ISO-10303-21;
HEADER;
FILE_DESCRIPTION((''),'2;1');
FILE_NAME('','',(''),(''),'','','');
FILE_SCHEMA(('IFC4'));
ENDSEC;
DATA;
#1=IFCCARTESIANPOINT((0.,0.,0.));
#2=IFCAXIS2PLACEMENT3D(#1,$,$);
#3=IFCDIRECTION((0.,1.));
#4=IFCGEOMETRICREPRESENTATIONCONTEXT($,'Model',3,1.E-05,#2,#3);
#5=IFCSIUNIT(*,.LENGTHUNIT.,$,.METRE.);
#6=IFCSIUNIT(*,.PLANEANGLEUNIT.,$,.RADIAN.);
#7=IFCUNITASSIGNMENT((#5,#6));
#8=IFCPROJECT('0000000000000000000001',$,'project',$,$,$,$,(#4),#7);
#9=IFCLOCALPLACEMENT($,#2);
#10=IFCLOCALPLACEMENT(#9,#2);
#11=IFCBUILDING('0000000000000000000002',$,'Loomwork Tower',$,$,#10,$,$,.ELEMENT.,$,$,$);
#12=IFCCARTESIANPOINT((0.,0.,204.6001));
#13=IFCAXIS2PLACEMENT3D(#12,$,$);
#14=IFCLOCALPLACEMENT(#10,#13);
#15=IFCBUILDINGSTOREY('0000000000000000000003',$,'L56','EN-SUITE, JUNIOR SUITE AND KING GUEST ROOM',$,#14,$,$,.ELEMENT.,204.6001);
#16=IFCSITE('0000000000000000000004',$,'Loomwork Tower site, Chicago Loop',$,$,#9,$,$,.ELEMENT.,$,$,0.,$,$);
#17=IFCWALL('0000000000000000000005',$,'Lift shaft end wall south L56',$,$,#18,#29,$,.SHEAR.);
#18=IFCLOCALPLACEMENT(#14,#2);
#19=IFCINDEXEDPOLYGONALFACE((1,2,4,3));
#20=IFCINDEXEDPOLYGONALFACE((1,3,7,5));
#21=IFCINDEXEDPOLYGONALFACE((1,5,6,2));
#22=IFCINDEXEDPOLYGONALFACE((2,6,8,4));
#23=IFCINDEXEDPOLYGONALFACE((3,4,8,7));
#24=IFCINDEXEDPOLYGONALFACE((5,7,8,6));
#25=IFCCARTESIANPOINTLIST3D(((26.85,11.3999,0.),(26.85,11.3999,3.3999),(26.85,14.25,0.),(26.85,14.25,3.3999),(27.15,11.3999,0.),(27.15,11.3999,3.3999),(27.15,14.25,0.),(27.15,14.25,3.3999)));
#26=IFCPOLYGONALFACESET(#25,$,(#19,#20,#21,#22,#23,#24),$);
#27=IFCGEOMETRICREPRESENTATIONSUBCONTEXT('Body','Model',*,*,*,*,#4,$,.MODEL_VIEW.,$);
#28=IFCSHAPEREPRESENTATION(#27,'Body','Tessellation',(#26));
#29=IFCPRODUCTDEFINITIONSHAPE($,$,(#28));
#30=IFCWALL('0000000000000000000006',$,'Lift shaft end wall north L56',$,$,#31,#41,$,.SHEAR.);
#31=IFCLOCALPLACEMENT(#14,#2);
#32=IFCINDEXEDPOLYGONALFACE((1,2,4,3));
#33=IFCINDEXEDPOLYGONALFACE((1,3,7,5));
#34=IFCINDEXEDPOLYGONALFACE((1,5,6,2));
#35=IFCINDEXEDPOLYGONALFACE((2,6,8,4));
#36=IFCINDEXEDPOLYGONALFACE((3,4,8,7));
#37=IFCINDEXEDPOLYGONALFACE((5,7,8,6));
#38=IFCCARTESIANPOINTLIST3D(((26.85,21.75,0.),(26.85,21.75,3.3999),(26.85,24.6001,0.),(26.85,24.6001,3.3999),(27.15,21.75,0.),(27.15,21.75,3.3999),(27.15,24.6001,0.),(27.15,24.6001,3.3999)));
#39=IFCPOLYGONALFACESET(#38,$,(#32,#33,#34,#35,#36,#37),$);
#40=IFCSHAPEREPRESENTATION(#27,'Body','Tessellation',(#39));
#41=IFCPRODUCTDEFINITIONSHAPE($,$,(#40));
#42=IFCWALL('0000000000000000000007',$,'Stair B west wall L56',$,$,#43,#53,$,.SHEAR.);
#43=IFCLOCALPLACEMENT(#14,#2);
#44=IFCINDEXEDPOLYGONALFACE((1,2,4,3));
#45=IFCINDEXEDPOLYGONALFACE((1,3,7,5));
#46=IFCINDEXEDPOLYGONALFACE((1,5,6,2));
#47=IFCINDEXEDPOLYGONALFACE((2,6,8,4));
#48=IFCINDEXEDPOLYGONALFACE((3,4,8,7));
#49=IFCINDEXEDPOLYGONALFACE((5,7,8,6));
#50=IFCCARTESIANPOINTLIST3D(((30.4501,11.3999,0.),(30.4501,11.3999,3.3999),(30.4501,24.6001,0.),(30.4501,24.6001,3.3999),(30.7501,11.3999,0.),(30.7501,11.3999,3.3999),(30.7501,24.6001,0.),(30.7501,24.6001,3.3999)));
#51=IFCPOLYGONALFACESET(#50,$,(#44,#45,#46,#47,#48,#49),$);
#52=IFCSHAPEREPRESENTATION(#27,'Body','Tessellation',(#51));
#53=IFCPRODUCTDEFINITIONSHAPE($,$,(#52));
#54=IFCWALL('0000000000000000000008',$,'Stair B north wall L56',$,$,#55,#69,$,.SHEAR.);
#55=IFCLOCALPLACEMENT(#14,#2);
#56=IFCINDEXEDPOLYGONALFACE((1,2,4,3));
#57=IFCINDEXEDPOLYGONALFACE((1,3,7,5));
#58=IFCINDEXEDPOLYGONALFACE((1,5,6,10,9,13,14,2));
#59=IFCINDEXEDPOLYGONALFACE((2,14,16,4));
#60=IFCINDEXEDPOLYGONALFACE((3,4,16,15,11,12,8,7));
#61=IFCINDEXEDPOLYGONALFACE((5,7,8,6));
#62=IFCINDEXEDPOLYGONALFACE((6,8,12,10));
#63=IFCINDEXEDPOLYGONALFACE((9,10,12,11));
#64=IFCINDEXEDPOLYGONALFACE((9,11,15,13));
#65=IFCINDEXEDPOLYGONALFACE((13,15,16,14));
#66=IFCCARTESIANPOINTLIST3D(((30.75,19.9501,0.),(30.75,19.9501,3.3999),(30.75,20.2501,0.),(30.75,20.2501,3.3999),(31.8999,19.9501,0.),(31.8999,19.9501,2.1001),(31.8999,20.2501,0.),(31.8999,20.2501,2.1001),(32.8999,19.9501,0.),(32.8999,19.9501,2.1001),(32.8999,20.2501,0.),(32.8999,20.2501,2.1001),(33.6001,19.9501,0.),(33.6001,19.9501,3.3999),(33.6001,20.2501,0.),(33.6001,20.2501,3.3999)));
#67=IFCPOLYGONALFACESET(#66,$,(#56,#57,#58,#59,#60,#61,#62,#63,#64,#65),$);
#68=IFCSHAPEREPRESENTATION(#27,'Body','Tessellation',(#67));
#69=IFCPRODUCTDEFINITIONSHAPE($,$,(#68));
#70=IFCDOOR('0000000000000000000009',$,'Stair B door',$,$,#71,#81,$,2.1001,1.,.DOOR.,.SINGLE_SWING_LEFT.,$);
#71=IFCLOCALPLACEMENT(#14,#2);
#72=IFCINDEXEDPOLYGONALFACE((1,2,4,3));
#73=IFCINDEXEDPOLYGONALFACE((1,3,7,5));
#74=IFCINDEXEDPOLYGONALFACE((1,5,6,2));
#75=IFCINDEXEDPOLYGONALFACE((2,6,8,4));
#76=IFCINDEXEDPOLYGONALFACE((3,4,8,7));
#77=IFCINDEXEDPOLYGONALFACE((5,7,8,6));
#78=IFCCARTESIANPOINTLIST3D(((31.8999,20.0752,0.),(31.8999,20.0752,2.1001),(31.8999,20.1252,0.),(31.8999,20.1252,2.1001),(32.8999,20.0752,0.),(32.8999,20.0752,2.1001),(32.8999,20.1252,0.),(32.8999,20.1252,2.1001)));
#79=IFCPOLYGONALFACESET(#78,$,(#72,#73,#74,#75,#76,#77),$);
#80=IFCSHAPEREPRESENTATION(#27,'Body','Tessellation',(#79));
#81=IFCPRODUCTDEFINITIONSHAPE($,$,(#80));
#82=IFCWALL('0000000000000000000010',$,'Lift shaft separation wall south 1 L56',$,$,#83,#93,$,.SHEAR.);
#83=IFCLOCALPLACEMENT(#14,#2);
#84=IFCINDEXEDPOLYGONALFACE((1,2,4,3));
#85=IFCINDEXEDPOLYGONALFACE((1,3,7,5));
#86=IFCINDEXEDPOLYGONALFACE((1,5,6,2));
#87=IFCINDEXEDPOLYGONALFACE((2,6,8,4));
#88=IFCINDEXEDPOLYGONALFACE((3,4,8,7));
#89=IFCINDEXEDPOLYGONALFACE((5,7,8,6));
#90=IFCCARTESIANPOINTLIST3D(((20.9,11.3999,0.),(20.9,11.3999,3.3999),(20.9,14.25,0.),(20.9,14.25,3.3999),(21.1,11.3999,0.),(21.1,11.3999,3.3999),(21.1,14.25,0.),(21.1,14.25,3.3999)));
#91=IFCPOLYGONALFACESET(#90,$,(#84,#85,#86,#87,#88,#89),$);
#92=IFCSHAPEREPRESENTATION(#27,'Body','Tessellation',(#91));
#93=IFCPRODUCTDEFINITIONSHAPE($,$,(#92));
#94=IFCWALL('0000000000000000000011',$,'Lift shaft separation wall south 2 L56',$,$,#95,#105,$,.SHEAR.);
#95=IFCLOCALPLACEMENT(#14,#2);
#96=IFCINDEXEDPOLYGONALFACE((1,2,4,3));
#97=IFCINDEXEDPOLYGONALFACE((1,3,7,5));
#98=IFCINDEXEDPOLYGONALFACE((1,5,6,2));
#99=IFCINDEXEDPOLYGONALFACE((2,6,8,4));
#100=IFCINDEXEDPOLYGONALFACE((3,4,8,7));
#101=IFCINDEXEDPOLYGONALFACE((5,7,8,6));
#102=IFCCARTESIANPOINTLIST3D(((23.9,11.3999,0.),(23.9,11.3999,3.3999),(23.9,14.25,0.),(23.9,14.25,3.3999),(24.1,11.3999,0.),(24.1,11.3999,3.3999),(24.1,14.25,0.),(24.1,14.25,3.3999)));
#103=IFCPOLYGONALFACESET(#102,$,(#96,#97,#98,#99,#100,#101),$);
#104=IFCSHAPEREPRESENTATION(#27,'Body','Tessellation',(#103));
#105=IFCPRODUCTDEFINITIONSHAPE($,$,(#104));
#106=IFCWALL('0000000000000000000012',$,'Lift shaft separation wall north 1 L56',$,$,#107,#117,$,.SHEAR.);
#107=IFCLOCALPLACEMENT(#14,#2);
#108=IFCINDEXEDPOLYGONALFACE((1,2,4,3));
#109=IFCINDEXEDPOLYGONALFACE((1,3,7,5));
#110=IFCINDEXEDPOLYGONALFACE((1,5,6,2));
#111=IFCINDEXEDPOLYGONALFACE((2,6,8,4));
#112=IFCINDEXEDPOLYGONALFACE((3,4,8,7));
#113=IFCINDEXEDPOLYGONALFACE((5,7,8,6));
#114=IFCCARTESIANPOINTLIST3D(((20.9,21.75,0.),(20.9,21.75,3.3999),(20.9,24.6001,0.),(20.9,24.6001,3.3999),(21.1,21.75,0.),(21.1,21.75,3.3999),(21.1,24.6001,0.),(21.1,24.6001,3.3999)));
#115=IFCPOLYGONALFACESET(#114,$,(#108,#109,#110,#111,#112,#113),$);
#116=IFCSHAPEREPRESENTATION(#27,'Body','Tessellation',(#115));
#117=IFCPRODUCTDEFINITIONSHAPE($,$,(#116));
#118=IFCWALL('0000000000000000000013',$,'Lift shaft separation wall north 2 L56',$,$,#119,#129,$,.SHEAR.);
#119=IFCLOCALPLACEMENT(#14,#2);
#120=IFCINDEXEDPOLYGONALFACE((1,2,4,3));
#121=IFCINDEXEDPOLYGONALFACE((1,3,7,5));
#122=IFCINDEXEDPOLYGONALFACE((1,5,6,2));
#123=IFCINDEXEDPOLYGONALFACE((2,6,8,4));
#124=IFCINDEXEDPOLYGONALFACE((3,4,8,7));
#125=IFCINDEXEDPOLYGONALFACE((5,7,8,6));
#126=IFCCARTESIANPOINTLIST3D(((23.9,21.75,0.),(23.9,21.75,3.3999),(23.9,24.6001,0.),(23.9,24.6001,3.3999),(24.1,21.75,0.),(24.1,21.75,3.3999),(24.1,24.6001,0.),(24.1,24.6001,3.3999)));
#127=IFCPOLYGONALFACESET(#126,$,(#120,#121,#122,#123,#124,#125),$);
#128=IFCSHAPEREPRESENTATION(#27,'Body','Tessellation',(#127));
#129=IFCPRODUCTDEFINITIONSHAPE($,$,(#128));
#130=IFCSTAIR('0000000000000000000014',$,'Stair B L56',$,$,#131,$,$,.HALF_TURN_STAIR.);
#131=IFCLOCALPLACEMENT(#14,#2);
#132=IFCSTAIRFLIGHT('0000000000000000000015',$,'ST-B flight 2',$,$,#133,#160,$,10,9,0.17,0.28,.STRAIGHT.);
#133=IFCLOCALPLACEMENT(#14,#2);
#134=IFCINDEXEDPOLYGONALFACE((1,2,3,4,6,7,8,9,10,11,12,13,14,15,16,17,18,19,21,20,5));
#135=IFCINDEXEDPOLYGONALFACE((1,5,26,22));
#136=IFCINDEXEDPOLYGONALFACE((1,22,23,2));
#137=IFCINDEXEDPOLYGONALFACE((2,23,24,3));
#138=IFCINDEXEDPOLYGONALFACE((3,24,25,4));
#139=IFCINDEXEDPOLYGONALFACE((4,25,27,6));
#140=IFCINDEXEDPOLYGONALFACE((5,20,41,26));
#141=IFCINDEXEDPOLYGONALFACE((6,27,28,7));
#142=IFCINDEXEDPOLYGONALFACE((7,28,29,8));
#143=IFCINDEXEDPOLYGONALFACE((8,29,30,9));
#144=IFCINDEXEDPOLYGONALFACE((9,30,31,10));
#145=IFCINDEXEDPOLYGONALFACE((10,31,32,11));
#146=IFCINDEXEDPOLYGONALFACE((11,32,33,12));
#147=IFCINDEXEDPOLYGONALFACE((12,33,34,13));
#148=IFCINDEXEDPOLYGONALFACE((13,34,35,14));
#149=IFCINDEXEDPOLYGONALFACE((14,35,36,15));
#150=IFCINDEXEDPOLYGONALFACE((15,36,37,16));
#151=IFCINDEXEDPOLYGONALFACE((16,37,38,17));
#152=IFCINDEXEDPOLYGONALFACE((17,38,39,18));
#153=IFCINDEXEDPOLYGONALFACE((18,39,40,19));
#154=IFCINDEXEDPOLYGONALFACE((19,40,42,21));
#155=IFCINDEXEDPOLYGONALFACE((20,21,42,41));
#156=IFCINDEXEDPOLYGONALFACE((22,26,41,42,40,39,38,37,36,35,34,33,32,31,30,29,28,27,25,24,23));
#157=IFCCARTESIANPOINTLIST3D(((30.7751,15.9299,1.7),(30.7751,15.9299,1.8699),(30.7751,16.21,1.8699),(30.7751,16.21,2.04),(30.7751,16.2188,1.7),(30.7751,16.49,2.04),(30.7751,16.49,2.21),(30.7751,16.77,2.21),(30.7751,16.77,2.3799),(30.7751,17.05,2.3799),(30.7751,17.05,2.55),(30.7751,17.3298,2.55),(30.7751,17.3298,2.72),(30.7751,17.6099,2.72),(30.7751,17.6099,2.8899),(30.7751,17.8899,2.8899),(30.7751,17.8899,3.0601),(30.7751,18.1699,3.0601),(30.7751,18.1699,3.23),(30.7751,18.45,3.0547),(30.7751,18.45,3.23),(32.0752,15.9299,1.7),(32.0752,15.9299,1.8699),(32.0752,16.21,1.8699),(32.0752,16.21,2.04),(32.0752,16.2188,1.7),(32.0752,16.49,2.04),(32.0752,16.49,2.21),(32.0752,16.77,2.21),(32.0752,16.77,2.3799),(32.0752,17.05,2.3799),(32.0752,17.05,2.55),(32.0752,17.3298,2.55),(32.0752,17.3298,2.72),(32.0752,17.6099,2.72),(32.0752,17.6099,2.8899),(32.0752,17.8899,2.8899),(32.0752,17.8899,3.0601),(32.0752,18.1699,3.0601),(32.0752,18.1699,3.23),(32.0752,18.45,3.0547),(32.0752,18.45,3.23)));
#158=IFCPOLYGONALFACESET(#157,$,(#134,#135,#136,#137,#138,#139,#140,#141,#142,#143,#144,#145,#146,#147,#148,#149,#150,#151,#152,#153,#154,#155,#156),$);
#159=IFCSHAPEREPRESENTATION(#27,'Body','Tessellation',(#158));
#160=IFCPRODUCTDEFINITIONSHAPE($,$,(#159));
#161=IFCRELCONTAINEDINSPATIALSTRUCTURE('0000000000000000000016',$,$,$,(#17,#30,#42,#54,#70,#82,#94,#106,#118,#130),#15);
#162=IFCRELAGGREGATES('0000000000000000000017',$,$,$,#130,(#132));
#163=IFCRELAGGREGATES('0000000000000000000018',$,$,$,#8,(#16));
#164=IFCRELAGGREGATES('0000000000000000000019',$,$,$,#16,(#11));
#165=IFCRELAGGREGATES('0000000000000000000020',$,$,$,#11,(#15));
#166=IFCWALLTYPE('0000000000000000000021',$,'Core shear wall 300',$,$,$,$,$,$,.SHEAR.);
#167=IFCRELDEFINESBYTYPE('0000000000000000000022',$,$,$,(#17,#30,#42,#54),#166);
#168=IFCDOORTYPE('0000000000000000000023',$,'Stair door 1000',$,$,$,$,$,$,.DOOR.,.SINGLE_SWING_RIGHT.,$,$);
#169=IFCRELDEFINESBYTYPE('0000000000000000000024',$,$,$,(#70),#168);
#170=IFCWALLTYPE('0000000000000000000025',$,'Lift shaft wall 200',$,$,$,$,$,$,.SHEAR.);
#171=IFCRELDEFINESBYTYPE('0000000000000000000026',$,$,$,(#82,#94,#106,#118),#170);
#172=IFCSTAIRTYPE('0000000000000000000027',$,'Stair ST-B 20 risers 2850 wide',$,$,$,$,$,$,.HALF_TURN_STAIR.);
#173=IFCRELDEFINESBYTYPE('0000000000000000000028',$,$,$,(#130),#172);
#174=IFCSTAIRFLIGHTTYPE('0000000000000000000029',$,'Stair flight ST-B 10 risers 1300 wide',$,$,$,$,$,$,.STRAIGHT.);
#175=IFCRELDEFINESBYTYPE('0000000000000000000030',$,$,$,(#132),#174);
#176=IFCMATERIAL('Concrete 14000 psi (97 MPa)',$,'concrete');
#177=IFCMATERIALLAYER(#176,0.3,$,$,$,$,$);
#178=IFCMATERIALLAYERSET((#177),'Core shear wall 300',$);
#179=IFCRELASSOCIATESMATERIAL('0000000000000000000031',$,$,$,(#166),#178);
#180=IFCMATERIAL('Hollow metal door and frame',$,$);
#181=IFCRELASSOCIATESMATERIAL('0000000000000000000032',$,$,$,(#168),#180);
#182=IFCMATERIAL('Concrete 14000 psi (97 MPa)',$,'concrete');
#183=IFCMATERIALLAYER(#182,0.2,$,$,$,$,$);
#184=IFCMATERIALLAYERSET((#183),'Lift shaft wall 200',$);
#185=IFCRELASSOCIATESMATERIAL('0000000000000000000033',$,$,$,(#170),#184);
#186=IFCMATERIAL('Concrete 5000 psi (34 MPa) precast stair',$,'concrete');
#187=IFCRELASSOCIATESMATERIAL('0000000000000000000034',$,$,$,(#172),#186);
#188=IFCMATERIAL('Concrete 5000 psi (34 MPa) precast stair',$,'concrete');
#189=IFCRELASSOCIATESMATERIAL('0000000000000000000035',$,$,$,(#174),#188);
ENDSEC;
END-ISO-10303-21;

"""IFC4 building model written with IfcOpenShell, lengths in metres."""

from ifc_helpers import new_model, si_unit, direction, frame, frame_2d, origin, place, context, subcontext, project, spatial, polyline, rectangle, outline, extrude, material, layer, layer_set, type_object, element, fill, aggregate, save


model = new_model("IFC4")

# Units and contexts
model_context = context("Model", 3, precision=1e-05, world=origin(), true_north=direction((0.0, 1.0)))
body_context = subcontext(model_context, "Body", "Model", "MODEL_VIEW")
ifc_project = project(units=[si_unit("LENGTHUNIT", "METRE"), si_unit("PLANEANGLEUNIT", "RADIAN")], contexts=[model_context])

# Site, building, storey
site_placement = place(None, origin())
site = spatial("IfcSite", under=ifc_project, at=site_placement, Name="Loomwork Tower site, Chicago Loop", CompositionType="ELEMENT", RefElevation=0.0)
building_placement = place(site_placement, origin())
building = spatial("IfcBuilding", under=site, at=building_placement, Name="Loomwork Tower", CompositionType="ELEMENT")
storey_placement = place(building_placement, frame((0.0, 0.0, 204.6001)))
storey = spatial("IfcBuildingStorey", under=building, at=storey_placement, Name="L56", Description="EN-SUITE, JUNIOR SUITE AND KING GUEST ROOM", CompositionType="ELEMENT", Elevation=204.6001)

# Walls
ifc_material_1 = material(Name="Concrete 14000 psi (97 MPa)", Category="concrete")
ifc_layer_1 = layer(ifc_material_1, 0.3)
ifc_layer_set_1 = layer_set([ifc_layer_1], Name="Core shear wall 300")
wall_type_1 = type_object("IfcWallType", Name="Core shear wall 300", PredefinedType="SHEAR", material=ifc_layer_set_1)
for number, where, z_axis, x_axis, name in (
    (1, (27.0, 11.3999, 0.0), (0.0, 0.0, 1.0), (0.0, 1.0, 0.0), "Lift shaft end wall south L56"),
    (2, (27.0, 21.75, 0.0), (0.0, 0.0, 1.0), (0.0, 1.0, 0.0), "Lift shaft end wall north L56"),
):
    element("IfcWall", number, at=place(storey_placement, frame(where, z_axis=z_axis, x_axis=x_axis)), inside=storey, type_object=wall_type_1, Name=name, PredefinedType="SHEAR", context=body_context, shape_type="SweptSolid", body=[
        extrude(rectangle(XDim=2.8501, YDim=0.3, at=frame_2d((1.425, 0.0))), origin(), (0.0, 0.0, 1.0), 3.3999),
    ])
wall_1_placement = place(storey_placement, frame((30.6001, 11.3999, 0.0), z_axis=(0.0, 0.0, 1.0), x_axis=(0.0, 1.0, 0.0)))
element("IfcWall", 3, at=wall_1_placement, inside=storey, type_object=wall_type_1, Name="Stair B west wall L56", PredefinedType="SHEAR", context=body_context, shape_type="SweptSolid", body=[
    extrude(rectangle(XDim=13.2002, YDim=0.3, at=frame_2d((6.6001, 0.0))), origin(), (0.0, 0.0, 1.0), 3.3999),
])

# Wall, opening, door
wall_2_placement = place(storey_placement, frame((30.75, 20.1001, 0.0), z_axis=(0.0, 0.0, 1.0), x_axis=(1.0, 0.0, 0.0)))
wall_2 = element("IfcWall", 4, at=wall_2_placement, inside=storey, type_object=wall_type_1, Name="Stair B north wall L56", PredefinedType="SHEAR", context=body_context, shape_type="SweptSolid", body=[
    extrude(rectangle(XDim=2.8501, YDim=0.3, at=frame_2d((1.425, 0.0))), origin(), (0.0, 0.0, 1.0), 3.3999),
])
opening_placement = place(wall_2_placement, frame((1.1499, 0.0, 0.0)))
opening = element("IfcOpeningElement", 5, at=opening_placement, cuts=wall_2, PredefinedType="OPENING", context=body_context, shape_type="SweptSolid", body=[
    extrude(rectangle(XDim=1.0, YDim=2.1001, at=frame_2d((0.5, 1.05))), frame((0.0, 0.1599, 0.0), z_axis=(0.0, -1.0, 0.0), x_axis=(1.0, 0.0, 0.0)), (0.0, 0.0, 1.0), 0.3201),
])
ifc_material_2 = material(Name="Hollow metal door and frame")
door_type = type_object("IfcDoorType", Name="Stair door 1000", OperationType="SINGLE_SWING_RIGHT", PredefinedType="DOOR", material=ifc_material_2)
door_placement = place(opening_placement, frame((1.0, 0.0, 0.0), z_axis=(0.0, 0.0, 1.0), x_axis=(-1.0, 0.0, 0.0)))
door = element("IfcDoor", 6, at=door_placement, inside=storey, type_object=door_type, Name="Stair B door", OperationType="SINGLE_SWING_LEFT", OverallHeight=2.1001, OverallWidth=1.0, PredefinedType="DOOR", context=body_context, shape_type="SweptSolid", body=[
    extrude(rectangle(XDim=1.0, YDim=2.1001, at=frame_2d((0.5, 1.05))), frame((0.0, 0.0249, 0.0), z_axis=(0.0, -1.0, 0.0), x_axis=(1.0, 0.0, 0.0)), (0.0, 0.0, 1.0), 0.05),
])
fill(opening, door)

# Walls
ifc_material_3 = material(Name="Concrete 14000 psi (97 MPa)", Category="concrete")
ifc_layer_2 = layer(ifc_material_3, 0.2)
ifc_layer_set_2 = layer_set([ifc_layer_2], Name="Lift shaft wall 200")
wall_type_2 = type_object("IfcWallType", Name="Lift shaft wall 200", PredefinedType="SHEAR", material=ifc_layer_set_2)
for number, where, z_axis, x_axis, name in (
    (7, (21.0, 11.3999, 0.0), (0.0, 0.0, 1.0), (0.0, 1.0, 0.0), "Lift shaft separation wall south 1 L56"),
    (8, (24.0, 11.3999, 0.0), (0.0, 0.0, 1.0), (0.0, 1.0, 0.0), "Lift shaft separation wall south 2 L56"),
    (9, (21.0, 21.75, 0.0), (0.0, 0.0, 1.0), (0.0, 1.0, 0.0), "Lift shaft separation wall north 1 L56"),
    (10, (24.0, 21.75, 0.0), (0.0, 0.0, 1.0), (0.0, 1.0, 0.0), "Lift shaft separation wall north 2 L56"),
):
    element("IfcWall", number, at=place(storey_placement, frame(where, z_axis=z_axis, x_axis=x_axis)), inside=storey, type_object=wall_type_2, Name=name, PredefinedType="SHEAR", context=body_context, shape_type="SweptSolid", body=[
        extrude(rectangle(XDim=2.8501, YDim=0.2, at=frame_2d((1.425, 0.0))), origin(), (0.0, 0.0, 1.0), 3.3999),
    ])

# Stair, stair flight
ifc_material_4 = material(Name="Concrete 5000 psi (34 MPa) precast stair", Category="concrete")
stair_type = type_object("IfcStairType", Name="Stair ST-B 20 risers 2850 wide", PredefinedType="HALF_TURN_STAIR", material=ifc_material_4)
stair_placement = place(storey_placement, origin())
stair = element("IfcStair", 11, at=stair_placement, inside=storey, type_object=stair_type, Name="Stair B L56", PredefinedType="HALF_TURN_STAIR")
ifc_material_5 = material(Name="Concrete 5000 psi (34 MPa) precast stair", Category="concrete")
stair_flight_type = type_object("IfcStairFlightType", Name="Stair flight ST-B 10 risers 1300 wide", PredefinedType="STRAIGHT", material=ifc_material_5)
stair_flight_placement = place(storey_placement, frame((31.425, 15.9299, 1.7), z_axis=(0.0, 0.0, 1.0), x_axis=(0.0, 1.0, 0.0)))
stair_flight = element("IfcStairFlight", 12, at=stair_flight_placement, type_object=stair_flight_type, Name="ST-B flight 2", NumberOfRisers=10, NumberOfTreads=9, PredefinedType="STRAIGHT", RiserHeight=0.17, TreadLength=0.28, context=body_context, shape_type="SweptSolid", body=[
    extrude(outline(polyline([(0.0, 0.0), (0.0, 0.1699), (0.28, 0.1699), (0.28, 0.3401), (0.5601, 0.3401), (0.5601, 0.51), (0.8401, 0.51), (0.8401, 0.6799), (1.1201, 0.6799), (1.1201, 0.8501), (1.3999, 0.8501), (1.3999, 1.02), (1.6799, 1.02), (1.6799, 1.1899), (1.96, 1.1899), (1.96, 1.3601), (2.24, 1.3601), (2.24, 1.53), (2.52, 1.53), (2.52, 1.7), (2.52, 1.3547), (0.2888, 0.0), (0.0, 0.0)])), frame((0.0, 0.6499, 0.0), z_axis=(0.0, -1.0, 0.0), x_axis=(1.0, 0.0, 0.0)), (0.0, 0.0, 1.0), 1.3),
])
aggregate(stair, [stair_flight])

save(model, "model.ifc")
